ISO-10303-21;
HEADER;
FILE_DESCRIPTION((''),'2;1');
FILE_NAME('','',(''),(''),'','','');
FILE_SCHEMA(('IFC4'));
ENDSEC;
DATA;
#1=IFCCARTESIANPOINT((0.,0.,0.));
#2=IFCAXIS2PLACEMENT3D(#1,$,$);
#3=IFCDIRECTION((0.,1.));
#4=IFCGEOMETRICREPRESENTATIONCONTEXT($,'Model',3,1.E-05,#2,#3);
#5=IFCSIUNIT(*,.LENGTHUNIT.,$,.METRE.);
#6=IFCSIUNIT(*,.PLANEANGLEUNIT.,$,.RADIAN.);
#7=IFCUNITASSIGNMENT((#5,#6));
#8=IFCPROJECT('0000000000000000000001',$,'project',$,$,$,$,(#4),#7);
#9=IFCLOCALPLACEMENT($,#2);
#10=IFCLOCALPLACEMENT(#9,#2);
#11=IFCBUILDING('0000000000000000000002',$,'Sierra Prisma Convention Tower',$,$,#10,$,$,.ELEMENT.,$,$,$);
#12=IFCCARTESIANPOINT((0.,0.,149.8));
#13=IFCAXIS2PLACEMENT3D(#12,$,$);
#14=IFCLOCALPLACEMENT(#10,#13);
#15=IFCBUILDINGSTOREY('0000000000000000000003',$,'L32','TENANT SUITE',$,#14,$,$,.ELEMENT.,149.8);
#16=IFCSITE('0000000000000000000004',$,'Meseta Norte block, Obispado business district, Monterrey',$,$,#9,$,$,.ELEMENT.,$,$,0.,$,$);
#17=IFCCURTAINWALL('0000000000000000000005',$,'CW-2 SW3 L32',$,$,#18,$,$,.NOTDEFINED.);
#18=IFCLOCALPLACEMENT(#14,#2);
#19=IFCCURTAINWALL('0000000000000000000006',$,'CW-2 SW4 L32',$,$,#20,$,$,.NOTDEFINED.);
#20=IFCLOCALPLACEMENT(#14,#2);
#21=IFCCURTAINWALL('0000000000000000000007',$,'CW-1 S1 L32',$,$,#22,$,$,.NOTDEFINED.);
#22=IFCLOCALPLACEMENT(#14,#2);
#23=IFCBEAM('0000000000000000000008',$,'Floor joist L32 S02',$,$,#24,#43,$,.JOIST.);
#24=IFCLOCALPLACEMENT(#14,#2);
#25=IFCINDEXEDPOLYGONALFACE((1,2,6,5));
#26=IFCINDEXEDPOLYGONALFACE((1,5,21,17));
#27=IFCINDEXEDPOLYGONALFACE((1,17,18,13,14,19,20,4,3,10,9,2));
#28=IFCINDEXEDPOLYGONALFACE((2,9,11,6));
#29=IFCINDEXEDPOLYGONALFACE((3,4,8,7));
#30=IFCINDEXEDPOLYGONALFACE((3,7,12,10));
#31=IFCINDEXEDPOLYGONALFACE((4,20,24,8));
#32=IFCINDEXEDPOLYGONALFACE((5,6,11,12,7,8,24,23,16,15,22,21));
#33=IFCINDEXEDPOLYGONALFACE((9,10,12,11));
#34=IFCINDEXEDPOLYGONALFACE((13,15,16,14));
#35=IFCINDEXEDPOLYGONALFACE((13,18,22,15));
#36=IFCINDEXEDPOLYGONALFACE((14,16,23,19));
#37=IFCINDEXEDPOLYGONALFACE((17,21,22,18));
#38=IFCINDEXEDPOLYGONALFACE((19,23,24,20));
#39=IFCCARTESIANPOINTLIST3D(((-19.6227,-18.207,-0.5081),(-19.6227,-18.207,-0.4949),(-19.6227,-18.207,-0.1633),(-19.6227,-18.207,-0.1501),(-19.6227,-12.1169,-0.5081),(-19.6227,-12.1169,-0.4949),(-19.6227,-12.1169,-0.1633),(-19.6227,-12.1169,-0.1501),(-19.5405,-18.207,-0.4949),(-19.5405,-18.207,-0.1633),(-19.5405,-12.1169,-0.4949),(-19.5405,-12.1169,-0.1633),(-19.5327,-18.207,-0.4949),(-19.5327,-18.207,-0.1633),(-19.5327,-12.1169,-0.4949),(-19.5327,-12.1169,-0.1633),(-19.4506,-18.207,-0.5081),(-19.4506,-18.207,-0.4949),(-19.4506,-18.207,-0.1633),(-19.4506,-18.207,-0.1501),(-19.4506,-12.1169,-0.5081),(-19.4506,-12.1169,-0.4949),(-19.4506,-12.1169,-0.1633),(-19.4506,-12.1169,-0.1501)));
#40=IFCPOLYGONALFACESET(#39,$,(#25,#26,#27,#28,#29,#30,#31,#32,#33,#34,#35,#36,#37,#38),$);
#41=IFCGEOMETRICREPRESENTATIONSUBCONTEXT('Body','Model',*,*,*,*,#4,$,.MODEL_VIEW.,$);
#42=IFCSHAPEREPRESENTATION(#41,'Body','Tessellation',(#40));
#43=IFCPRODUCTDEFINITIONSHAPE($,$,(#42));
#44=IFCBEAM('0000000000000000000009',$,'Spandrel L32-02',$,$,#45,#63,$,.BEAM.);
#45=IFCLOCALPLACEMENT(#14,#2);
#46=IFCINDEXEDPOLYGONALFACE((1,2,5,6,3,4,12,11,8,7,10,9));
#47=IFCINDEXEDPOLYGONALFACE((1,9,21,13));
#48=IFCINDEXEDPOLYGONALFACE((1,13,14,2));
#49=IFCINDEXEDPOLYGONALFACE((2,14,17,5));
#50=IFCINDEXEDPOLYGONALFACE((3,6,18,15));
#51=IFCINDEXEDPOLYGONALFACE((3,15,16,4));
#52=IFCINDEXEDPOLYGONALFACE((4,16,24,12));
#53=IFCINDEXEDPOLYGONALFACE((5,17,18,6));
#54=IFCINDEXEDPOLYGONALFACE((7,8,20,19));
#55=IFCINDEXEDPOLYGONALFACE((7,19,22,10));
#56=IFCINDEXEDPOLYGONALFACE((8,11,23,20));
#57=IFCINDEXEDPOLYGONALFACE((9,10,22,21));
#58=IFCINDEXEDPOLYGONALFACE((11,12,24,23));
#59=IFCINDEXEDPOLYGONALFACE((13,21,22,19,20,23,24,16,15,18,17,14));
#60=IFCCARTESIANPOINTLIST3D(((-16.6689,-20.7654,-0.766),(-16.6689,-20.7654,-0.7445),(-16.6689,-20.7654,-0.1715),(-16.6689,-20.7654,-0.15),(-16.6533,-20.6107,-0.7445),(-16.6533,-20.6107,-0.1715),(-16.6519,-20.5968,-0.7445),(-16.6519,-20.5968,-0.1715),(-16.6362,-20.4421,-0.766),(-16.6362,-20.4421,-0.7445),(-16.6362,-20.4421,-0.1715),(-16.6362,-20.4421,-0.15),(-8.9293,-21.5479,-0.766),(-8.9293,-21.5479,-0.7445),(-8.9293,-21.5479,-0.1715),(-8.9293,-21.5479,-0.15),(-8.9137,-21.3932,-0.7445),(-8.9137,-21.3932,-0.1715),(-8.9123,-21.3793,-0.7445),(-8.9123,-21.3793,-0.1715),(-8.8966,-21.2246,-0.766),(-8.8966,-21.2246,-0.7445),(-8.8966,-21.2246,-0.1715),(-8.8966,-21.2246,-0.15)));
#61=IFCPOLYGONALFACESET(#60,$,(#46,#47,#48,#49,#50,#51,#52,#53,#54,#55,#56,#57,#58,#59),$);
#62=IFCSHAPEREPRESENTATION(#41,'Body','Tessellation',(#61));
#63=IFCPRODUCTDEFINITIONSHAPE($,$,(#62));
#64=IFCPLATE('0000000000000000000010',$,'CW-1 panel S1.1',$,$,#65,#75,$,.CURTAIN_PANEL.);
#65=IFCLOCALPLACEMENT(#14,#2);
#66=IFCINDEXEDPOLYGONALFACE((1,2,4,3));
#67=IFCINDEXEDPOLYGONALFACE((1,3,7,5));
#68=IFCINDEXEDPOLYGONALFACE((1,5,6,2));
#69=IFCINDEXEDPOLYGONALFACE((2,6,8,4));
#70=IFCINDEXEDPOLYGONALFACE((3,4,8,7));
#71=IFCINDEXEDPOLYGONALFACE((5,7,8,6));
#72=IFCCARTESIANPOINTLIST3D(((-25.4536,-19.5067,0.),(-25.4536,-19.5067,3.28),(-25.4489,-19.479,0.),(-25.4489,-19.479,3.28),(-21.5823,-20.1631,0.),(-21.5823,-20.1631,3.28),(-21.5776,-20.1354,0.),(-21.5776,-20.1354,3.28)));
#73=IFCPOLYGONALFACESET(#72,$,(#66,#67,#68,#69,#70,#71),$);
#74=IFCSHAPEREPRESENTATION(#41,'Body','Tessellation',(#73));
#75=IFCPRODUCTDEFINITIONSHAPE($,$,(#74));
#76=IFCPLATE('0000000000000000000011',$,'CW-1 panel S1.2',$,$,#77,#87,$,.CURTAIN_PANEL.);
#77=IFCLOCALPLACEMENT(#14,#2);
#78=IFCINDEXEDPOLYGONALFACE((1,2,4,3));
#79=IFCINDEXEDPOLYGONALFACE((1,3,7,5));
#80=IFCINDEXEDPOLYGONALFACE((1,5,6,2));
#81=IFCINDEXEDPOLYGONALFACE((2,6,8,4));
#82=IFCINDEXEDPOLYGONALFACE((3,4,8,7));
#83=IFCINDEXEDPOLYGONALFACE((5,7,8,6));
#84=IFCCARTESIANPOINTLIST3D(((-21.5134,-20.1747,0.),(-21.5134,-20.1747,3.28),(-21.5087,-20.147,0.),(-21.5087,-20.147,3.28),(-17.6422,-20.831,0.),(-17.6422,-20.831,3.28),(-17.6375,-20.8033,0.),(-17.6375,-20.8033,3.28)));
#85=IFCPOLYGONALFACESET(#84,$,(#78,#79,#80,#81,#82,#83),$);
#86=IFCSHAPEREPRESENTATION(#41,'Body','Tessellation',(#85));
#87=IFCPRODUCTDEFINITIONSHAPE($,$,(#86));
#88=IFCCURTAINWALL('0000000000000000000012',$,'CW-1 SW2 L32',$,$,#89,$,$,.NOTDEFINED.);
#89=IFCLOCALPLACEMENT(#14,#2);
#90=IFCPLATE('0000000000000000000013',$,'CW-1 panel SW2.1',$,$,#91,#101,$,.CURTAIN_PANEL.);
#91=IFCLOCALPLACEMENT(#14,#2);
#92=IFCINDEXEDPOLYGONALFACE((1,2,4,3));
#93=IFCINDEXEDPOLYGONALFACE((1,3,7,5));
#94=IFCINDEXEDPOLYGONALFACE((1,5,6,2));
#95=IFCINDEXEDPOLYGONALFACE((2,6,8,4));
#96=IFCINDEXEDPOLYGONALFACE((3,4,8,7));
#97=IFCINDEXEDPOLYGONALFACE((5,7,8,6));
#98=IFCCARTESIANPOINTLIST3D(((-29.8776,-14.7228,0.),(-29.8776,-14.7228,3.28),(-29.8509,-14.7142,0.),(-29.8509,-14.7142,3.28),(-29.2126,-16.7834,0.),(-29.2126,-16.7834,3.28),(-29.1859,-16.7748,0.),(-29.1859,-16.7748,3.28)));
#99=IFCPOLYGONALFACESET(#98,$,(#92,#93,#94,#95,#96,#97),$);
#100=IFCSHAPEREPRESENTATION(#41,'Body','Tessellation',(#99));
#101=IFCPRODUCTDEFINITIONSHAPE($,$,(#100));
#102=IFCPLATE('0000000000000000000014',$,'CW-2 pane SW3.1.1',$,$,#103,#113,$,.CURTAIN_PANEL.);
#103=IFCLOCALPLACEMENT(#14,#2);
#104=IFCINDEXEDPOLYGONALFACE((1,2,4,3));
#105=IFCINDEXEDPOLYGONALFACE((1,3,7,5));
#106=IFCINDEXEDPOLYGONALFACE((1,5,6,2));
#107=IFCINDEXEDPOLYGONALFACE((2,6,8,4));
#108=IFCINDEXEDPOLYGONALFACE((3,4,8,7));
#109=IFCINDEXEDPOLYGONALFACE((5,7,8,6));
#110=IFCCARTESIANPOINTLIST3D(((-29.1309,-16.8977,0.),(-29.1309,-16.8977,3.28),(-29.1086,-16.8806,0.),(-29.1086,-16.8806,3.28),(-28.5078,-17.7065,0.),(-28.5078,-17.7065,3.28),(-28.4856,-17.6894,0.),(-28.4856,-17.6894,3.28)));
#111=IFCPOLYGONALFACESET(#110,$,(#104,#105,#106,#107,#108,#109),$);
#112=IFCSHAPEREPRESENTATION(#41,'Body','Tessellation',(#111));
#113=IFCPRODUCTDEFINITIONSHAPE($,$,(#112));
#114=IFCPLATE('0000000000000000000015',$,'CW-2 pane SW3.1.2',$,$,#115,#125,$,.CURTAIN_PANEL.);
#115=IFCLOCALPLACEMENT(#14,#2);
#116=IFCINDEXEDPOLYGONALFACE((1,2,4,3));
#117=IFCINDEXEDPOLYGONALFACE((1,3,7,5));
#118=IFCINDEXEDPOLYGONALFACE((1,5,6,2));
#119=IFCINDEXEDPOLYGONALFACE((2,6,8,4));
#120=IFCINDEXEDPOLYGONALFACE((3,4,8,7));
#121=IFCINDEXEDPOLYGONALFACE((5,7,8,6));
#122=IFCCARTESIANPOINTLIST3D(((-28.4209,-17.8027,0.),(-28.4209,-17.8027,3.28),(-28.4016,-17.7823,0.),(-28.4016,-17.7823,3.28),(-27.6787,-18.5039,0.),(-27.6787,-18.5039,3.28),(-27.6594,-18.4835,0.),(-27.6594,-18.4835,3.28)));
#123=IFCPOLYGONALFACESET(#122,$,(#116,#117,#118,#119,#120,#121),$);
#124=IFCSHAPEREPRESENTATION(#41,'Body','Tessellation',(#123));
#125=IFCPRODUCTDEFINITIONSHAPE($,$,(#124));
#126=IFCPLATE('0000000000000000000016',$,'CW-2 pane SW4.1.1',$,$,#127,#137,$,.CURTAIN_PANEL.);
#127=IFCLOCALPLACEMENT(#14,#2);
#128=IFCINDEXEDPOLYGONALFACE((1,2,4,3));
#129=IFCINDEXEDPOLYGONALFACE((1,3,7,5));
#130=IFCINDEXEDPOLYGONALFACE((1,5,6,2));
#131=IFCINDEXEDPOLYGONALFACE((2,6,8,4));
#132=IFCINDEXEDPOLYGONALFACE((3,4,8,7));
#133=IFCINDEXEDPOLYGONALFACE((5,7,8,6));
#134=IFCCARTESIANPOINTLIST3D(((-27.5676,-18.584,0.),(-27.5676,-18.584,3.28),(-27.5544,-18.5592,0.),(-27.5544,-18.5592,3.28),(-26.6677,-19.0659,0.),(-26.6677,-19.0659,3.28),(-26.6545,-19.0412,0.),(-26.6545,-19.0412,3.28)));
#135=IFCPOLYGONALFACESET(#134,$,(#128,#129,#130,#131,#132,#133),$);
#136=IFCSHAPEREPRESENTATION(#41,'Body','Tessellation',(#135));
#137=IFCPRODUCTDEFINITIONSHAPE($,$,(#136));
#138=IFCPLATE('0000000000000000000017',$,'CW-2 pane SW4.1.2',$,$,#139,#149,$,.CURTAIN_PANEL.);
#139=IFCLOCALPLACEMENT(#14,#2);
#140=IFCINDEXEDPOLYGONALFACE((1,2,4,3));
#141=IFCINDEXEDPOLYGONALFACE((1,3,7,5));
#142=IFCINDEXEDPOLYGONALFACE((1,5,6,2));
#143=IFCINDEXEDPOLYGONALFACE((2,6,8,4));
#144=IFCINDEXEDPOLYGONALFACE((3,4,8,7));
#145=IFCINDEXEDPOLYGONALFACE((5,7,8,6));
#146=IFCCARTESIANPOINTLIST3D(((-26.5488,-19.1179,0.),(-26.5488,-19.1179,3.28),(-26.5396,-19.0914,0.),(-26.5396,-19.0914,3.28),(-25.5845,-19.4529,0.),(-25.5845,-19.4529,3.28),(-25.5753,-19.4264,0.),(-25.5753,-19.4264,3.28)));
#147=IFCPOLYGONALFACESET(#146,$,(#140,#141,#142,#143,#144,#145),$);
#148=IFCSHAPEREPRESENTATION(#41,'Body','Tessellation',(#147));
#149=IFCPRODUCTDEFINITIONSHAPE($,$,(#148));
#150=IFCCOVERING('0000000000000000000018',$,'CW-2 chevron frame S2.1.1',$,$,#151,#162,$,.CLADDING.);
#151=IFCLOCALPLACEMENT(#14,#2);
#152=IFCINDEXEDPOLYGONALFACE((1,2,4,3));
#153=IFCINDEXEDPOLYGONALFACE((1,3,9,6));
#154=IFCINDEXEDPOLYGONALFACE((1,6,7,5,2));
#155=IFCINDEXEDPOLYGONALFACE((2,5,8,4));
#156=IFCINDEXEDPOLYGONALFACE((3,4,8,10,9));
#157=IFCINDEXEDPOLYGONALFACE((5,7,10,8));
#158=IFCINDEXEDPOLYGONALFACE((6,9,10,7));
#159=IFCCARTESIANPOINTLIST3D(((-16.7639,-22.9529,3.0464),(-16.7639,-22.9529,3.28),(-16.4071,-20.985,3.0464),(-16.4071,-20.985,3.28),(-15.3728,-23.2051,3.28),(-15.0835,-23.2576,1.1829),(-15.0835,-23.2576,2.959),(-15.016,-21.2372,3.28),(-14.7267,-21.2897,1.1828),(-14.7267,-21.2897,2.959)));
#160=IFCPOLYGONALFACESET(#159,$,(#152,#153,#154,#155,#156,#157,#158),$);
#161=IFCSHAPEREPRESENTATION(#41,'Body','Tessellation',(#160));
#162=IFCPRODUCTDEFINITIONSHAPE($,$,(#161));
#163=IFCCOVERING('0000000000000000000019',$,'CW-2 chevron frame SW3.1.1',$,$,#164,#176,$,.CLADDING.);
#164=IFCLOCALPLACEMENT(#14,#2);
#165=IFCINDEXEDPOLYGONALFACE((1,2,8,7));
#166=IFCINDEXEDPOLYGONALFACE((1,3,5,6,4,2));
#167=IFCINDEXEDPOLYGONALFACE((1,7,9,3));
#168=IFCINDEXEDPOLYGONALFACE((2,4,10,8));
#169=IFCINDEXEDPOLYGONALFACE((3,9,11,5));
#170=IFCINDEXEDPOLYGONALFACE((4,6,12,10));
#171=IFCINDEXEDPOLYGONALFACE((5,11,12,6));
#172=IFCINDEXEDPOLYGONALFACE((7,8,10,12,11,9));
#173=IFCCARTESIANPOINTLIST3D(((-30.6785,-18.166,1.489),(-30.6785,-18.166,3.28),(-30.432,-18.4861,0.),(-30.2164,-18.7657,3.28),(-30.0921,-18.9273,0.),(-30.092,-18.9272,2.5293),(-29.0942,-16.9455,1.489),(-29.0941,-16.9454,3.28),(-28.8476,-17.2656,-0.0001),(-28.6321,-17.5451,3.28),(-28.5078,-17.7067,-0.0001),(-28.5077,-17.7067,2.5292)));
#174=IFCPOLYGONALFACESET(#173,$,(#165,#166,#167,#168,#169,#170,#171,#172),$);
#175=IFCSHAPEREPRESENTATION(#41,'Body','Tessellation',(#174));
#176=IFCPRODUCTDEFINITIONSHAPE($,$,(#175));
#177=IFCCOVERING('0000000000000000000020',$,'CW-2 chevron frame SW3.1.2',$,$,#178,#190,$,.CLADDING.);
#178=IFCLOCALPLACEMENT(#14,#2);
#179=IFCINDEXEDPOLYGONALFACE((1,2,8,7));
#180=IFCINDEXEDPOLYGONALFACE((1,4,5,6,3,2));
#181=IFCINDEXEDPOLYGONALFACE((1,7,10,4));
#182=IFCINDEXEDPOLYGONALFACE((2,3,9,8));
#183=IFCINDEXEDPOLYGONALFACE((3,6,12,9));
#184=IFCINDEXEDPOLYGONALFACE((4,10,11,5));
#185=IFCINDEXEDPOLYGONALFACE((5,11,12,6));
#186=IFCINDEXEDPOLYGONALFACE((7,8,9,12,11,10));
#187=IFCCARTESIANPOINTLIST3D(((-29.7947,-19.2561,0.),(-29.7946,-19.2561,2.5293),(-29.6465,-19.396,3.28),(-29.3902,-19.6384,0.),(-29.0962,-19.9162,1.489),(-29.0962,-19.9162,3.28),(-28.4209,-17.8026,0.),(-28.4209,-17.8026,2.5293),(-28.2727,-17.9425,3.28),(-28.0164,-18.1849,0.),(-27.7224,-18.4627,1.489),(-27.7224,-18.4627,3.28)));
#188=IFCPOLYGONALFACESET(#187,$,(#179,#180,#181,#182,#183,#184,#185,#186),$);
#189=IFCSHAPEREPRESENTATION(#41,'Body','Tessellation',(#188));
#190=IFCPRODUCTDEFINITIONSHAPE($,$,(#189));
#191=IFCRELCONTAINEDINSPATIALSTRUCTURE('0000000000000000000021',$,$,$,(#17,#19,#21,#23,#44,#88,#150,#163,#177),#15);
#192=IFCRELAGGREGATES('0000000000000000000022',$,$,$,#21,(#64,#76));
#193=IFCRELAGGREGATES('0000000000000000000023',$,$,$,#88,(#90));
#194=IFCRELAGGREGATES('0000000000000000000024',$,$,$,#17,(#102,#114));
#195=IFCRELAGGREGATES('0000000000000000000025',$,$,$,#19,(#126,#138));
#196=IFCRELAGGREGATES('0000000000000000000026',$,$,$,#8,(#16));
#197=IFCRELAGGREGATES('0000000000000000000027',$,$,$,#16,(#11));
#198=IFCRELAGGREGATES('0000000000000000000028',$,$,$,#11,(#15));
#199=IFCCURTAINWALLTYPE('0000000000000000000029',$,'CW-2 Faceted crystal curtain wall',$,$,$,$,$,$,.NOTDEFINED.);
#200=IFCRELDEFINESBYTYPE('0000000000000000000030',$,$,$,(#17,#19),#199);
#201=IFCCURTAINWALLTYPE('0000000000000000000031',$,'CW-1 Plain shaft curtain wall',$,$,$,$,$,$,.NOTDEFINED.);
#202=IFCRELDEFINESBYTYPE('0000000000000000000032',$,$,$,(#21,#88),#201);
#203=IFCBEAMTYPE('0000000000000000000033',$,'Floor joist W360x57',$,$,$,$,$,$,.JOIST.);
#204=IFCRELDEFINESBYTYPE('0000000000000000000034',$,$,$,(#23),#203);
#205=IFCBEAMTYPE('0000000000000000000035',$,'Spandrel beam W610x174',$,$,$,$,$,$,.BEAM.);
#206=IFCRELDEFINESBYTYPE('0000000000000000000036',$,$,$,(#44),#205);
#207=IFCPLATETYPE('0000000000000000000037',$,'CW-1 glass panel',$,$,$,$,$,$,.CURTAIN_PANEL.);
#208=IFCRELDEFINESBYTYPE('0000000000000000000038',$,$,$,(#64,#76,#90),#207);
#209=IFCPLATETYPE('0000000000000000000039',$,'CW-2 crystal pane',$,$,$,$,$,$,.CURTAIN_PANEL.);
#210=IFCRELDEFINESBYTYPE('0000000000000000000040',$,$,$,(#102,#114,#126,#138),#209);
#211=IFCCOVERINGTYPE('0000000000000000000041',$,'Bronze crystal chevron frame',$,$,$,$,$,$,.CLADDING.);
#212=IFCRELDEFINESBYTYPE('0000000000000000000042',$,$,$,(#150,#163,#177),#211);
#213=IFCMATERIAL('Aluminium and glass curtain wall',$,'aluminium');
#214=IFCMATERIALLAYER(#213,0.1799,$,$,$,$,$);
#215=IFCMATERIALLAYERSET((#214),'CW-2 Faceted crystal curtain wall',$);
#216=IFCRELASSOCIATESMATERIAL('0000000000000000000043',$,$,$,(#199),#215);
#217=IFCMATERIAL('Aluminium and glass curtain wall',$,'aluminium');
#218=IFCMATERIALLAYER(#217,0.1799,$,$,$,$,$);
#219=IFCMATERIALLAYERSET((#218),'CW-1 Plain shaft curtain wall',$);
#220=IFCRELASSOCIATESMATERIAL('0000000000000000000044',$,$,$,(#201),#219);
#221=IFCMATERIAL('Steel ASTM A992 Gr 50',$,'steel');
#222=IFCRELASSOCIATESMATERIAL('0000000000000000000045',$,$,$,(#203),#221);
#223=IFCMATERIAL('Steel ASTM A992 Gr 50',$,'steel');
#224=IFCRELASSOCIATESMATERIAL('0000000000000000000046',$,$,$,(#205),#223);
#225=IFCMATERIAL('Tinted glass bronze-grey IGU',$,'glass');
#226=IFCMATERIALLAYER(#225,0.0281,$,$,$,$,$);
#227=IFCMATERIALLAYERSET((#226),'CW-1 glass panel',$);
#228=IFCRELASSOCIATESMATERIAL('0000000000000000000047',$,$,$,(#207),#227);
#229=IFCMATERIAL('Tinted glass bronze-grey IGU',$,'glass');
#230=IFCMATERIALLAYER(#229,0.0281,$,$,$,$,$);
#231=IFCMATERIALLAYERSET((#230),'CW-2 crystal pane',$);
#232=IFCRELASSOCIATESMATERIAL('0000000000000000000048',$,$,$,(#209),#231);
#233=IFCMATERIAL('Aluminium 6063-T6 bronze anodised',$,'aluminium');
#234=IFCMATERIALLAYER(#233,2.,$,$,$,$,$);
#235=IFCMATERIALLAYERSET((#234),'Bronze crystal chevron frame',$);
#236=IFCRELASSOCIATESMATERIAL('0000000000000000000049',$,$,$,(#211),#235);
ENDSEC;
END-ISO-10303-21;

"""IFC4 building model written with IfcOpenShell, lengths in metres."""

from ifc_helpers import new_model, si_unit, direction, frame, origin, origin_2d, place, context, subcontext, project, spatial, polyline, rectangle, i_section, outline, extrude, material, layer, layer_set, material_profile, profile_set, type_object, element, aggregate, save


model = new_model("IFC4")

# Units and contexts
model_context = context("Model", 3, precision=1e-05, world=origin(), true_north=direction((0.0, 1.0)))
body_context = subcontext(model_context, "Body", "Model", "MODEL_VIEW")
ifc_project = project(units=[si_unit("LENGTHUNIT", "METRE"), si_unit("PLANEANGLEUNIT", "RADIAN")], contexts=[model_context])

# Site, building, storey
site_placement = place(None, origin())
site = spatial("IfcSite", under=ifc_project, at=site_placement, Name="Meseta Norte block, Obispado business district, Monterrey", CompositionType="ELEMENT", RefElevation=0.0)
building_placement = place(site_placement, origin())
building = spatial("IfcBuilding", under=site, at=building_placement, Name="Sierra Prisma Convention Tower", CompositionType="ELEMENT")
storey_placement = place(building_placement, frame((0.0, 0.0, 149.8)))
storey = spatial("IfcBuildingStorey", under=building, at=storey_placement, Name="L32", Description="TENANT SUITE", CompositionType="ELEMENT", Elevation=149.8)

# Curtain walls
ifc_material_1 = material(Name="Aluminium and glass curtain wall", Category="aluminium")
ifc_layer_1 = layer(ifc_material_1, 0.1799)
ifc_layer_set_1 = layer_set([ifc_layer_1], Name="CW-2 Faceted crystal curtain wall")
curtain_wall_type_1 = type_object("IfcCurtainWallType", Name="CW-2 Faceted crystal curtain wall", PredefinedType="NOTDEFINED", material=ifc_layer_set_1)
curtain_wall_1_placement = place(storey_placement, origin())
curtain_wall_1 = element("IfcCurtainWall", 1, at=curtain_wall_1_placement, inside=storey, type_object=curtain_wall_type_1, Name="CW-2 SW3 L32", PredefinedType="NOTDEFINED")
curtain_wall_2_placement = place(storey_placement, origin())
curtain_wall_2 = element("IfcCurtainWall", 2, at=curtain_wall_2_placement, inside=storey, type_object=curtain_wall_type_1, Name="CW-2 SW4 L32", PredefinedType="NOTDEFINED")

# Curtain wall
ifc_material_2 = material(Name="Aluminium and glass curtain wall", Category="aluminium")
ifc_layer_2 = layer(ifc_material_2, 0.1799)
ifc_layer_set_2 = layer_set([ifc_layer_2], Name="CW-1 Plain shaft curtain wall")
curtain_wall_type_2 = type_object("IfcCurtainWallType", Name="CW-1 Plain shaft curtain wall", PredefinedType="NOTDEFINED", material=ifc_layer_set_2)
curtain_wall_3_placement = place(storey_placement, origin())
curtain_wall_3 = element("IfcCurtainWall", 3, at=curtain_wall_3_placement, inside=storey, type_object=curtain_wall_type_2, Name="CW-1 S1 L32", PredefinedType="NOTDEFINED")

# Beams
ifc_material_3 = material(Name="Steel ASTM A992 Gr 50", Category="steel")
ifc_material_profile_1 = material_profile(ifc_material_3, i_section(OverallWidth=0.1721, OverallDepth=0.3579, WebThickness=0.0078, FlangeThickness=0.0132, at=origin_2d()), Name="W360x57")
ifc_profile_set_1 = profile_set([ifc_material_profile_1], Name="Steel ASTM A992 Gr 50")
beam_type_1 = type_object("IfcBeamType", Name="Floor joist W360x57", PredefinedType="JOIST", material=ifc_profile_set_1)
beam_1_placement = place(storey_placement, frame((-19.5366, -18.207, -0.3291), z_axis=(0.0, 1.0, 0.0), x_axis=(-1.0, 0.0, 0.0)))
element("IfcBeam", 4, at=beam_1_placement, inside=storey, type_object=beam_type_1, Name="Floor joist L32 S02", PredefinedType="JOIST", context=body_context, shape_type="SweptSolid", body=[
    extrude(i_section(OverallWidth=0.1721, OverallDepth=0.3579, WebThickness=0.0078, FlangeThickness=0.0132, at=origin_2d()), origin(), (0.0, 0.0, 1.0), 6.0901),
])
ifc_material_4 = material(Name="Steel ASTM A992 Gr 50", Category="steel")
ifc_material_profile_2 = material_profile(ifc_material_4, i_section(OverallWidth=0.325, OverallDepth=0.616, WebThickness=0.0139, FlangeThickness=0.0215, at=origin_2d()), Name="W610x174")
ifc_profile_set_2 = profile_set([ifc_material_profile_2], Name="Steel ASTM A992 Gr 50")
beam_type_2 = type_object("IfcBeamType", Name="Spandrel beam W610x174", PredefinedType="BEAM", material=ifc_profile_set_2)
beam_2_placement = place(storey_placement, frame((-16.6526, -20.6038, -0.458), z_axis=(0.994928, -0.100588, 0.0), x_axis=(0.100588, 0.994928, 0.0)))
element("IfcBeam", 5, at=beam_2_placement, inside=storey, type_object=beam_type_2, Name="Spandrel L32-02", PredefinedType="BEAM", context=body_context, shape_type="SweptSolid", body=[
    extrude(i_section(OverallWidth=0.325, OverallDepth=0.616, WebThickness=0.0139, FlangeThickness=0.0215, at=origin_2d()), origin(), (0.0, 0.0, 1.0), 7.7791),
])

# Plates
ifc_material_5 = material(Name="Tinted glass bronze-grey IGU", Category="glass")
ifc_layer_3 = layer(ifc_material_5, 0.0281)
ifc_layer_set_3 = layer_set([ifc_layer_3], Name="CW-1 glass panel")
plate_type_1 = type_object("IfcPlateType", Name="CW-1 glass panel", PredefinedType="CURTAIN_PANEL", material=ifc_layer_set_3)
plate_1_placement = place(storey_placement, frame((-23.5156, -19.821, 0.0), z_axis=(0.0, 0.0, 1.0), x_axis=(0.98593, -0.167158, 0.0)))
plate_1 = element("IfcPlate", 6, at=plate_1_placement, type_object=plate_type_1, Name="CW-1 panel S1.1", PredefinedType="CURTAIN_PANEL", context=body_context, shape_type="SweptSolid", body=[
    extrude(rectangle(XDim=3.9265, YDim=0.0281, at=origin_2d()), origin(), (0.0, 0.0, 1.0), 3.28),
])
plate_2_placement = place(storey_placement, frame((-19.5754, -20.489, 0.0), z_axis=(0.0, 0.0, 1.0), x_axis=(0.98593, -0.167158, 0.0)))
plate_2 = element("IfcPlate", 7, at=plate_2_placement, type_object=plate_type_1, Name="CW-1 panel S1.2", PredefinedType="CURTAIN_PANEL", context=body_context, shape_type="SweptSolid", body=[
    extrude(rectangle(XDim=3.9265, YDim=0.0281, at=origin_2d()), origin(), (0.0, 0.0, 1.0), 3.28),
])
aggregate(curtain_wall_3, [plate_1, plate_2])

# Curtain wall, plate
curtain_wall_4_placement = place(storey_placement, origin())
curtain_wall_4 = element("IfcCurtainWall", 8, at=curtain_wall_4_placement, inside=storey, type_object=curtain_wall_type_2, Name="CW-1 SW2 L32", PredefinedType="NOTDEFINED")
plate_3_placement = place(storey_placement, frame((-29.5317, -15.7488, 0.0), z_axis=(0.0, 0.0, 1.0), x_axis=(0.307137, -0.951665, 0.0)))
plate_3 = element("IfcPlate", 9, at=plate_3_placement, type_object=plate_type_1, Name="CW-1 panel SW2.1", PredefinedType="CURTAIN_PANEL", context=body_context, shape_type="SweptSolid", body=[
    extrude(rectangle(XDim=2.1653, YDim=0.0281, at=origin_2d()), origin(), (0.0, 0.0, 1.0), 3.28),
])
aggregate(curtain_wall_4, [plate_3])

# Plates
ifc_material_6 = material(Name="Tinted glass bronze-grey IGU", Category="glass")
ifc_layer_4 = layer(ifc_material_6, 0.0281)
ifc_layer_set_4 = layer_set([ifc_layer_4], Name="CW-2 crystal pane")
plate_type_2 = type_object("IfcPlateType", Name="CW-2 crystal pane", PredefinedType="CURTAIN_PANEL", material=ifc_layer_set_4)
plate_4_placement = place(storey_placement, frame((-29.1309, -16.8977, 0.0), z_axis=(-0.792215, -0.610242, 0.0), x_axis=(0.610242, -0.792215, 0.0)))
plate_4 = element("IfcPlate", 10, at=plate_4_placement, type_object=plate_type_2, Name="CW-2 pane SW3.1.1", PredefinedType="CURTAIN_PANEL", context=body_context, shape_type="SweptSolid", body=[
    extrude(outline(polyline([(0.0, 0.0), (1.021, 0.0), (1.021, 3.28), (0.0, 3.28), (0.0, 0.0)])), origin(), (0.0, 0.0, -1.0), 0.0281),
])
plate_5_placement = place(storey_placement, frame((-27.6787, -18.5039, 0.0), z_axis=(-0.686736, -0.726907, 0.0), x_axis=(-0.726907, 0.686736, 0.0)))
plate_5 = element("IfcPlate", 11, at=plate_5_placement, type_object=plate_type_2, Name="CW-2 pane SW3.1.2", PredefinedType="CURTAIN_PANEL", context=body_context, shape_type="SweptSolid", body=[
    extrude(outline(polyline([(0.0, 0.0), (1.021, 0.0), (1.021, -3.28), (0.0, -3.28), (0.0, 0.0)])), origin(), (0.0, 0.0, -1.0), 0.0281),
])
aggregate(curtain_wall_1, [plate_4, plate_5])
plate_6_placement = place(storey_placement, frame((-27.5676, -18.584, 0.0), z_axis=(-0.472102, -0.881544, 0.0), x_axis=(0.881544, -0.472102, 0.0)))
plate_6 = element("IfcPlate", 12, at=plate_6_placement, type_object=plate_type_2, Name="CW-2 pane SW4.1.1", PredefinedType="CURTAIN_PANEL", context=body_context, shape_type="SweptSolid", body=[
    extrude(outline(polyline([(0.0, 0.0), (1.0208, 0.0), (1.0208, 3.28), (0.0, 3.28), (0.0, 0.0)])), origin(), (0.0, 0.0, -1.0), 0.0281),
])
plate_7_placement = place(storey_placement, frame((-25.5845, -19.4529, 0.0), z_axis=(-0.328112, -0.944639, 0.0), x_axis=(-0.944639, 0.328112, 0.0)))
plate_7 = element("IfcPlate", 13, at=plate_7_placement, type_object=plate_type_2, Name="CW-2 pane SW4.1.2", PredefinedType="CURTAIN_PANEL", context=body_context, shape_type="SweptSolid", body=[
    extrude(outline(polyline([(0.0, 0.0), (1.0209, 0.0), (1.0209, -3.28), (0.0, -3.28), (0.0, 0.0)])), origin(), (0.0, 0.0, -1.0), 0.0281),
])
aggregate(curtain_wall_2, [plate_6, plate_7])

# Coverings
ifc_material_7 = material(Name="Aluminium 6063-T6 bronze anodised", Category="aluminium")
ifc_layer_5 = layer(ifc_material_7, 2.0)
ifc_layer_set_5 = layer_set([ifc_layer_5], Name="Bronze crystal chevron frame")
covering_type = type_object("IfcCoveringType", Name="Bronze crystal chevron frame", PredefinedType="CLADDING", material=ifc_layer_set_5)
covering_1_placement = place(storey_placement, frame((-16.7639, -22.9529, 3.28), z_axis=(-0.178405, -0.983957, 0.000015), x_axis=(-0.000003, -0.000015, -1.0)))
element("IfcCovering", 14, at=covering_1_placement, inside=storey, type_object=covering_type, Name="CW-2 chevron frame S2.1.1", PredefinedType="CLADDING", context=body_context, shape_type="SweptSolid", body=[
    extrude(outline(polyline([(0.0, 0.0), (0.2336, 0.0), (2.0972, 1.7078), (0.321, 1.7078), (0.0, 1.4138), (0.0, 0.0)])), origin(), (0.0, 0.0, -1.0), 2.0),
])
covering_2_placement = place(storey_placement, frame((-30.6785, -18.166, 3.28), z_axis=(-0.792175, -0.610294, 0.000031), x_axis=(-0.000025, -0.000019, -1.0)))
element("IfcCovering", 15, at=covering_2_placement, inside=storey, type_object=covering_type, Name="CW-2 chevron frame SW3.1.1", PredefinedType="CLADDING", context=body_context, shape_type="SweptSolid", body=[
    extrude(outline(polyline([(0.0, 0.0), (1.791, 0.0), (3.28, 0.404), (3.28, 0.9609), (0.7507, 0.9609), (0.0, 0.757), (0.0, 0.0)])), origin(), (0.0, 0.0, -1.0), 2.0),
])
covering_3_placement = place(storey_placement, frame((-29.7947, -19.2561, 0.0), z_axis=(-0.686894, -0.726757, 0.000019), x_axis=(0.726757, -0.686894, 0.0)))
element("IfcCovering", 16, at=covering_3_placement, inside=storey, type_object=covering_type, Name="CW-2 chevron frame SW3.1.2", PredefinedType="CLADDING", context=body_context, shape_type="SweptSolid", body=[
    extrude(outline(polyline([(0.0, 0.0), (0.5566, 0.0), (0.9611, 1.489), (0.9611, 3.28), (0.2038, 3.28), (0.0, 2.5293), (0.0, 0.0)])), origin(), (0.0, 0.0, -1.0), 2.0),
])

save(model, "model.ifc")
